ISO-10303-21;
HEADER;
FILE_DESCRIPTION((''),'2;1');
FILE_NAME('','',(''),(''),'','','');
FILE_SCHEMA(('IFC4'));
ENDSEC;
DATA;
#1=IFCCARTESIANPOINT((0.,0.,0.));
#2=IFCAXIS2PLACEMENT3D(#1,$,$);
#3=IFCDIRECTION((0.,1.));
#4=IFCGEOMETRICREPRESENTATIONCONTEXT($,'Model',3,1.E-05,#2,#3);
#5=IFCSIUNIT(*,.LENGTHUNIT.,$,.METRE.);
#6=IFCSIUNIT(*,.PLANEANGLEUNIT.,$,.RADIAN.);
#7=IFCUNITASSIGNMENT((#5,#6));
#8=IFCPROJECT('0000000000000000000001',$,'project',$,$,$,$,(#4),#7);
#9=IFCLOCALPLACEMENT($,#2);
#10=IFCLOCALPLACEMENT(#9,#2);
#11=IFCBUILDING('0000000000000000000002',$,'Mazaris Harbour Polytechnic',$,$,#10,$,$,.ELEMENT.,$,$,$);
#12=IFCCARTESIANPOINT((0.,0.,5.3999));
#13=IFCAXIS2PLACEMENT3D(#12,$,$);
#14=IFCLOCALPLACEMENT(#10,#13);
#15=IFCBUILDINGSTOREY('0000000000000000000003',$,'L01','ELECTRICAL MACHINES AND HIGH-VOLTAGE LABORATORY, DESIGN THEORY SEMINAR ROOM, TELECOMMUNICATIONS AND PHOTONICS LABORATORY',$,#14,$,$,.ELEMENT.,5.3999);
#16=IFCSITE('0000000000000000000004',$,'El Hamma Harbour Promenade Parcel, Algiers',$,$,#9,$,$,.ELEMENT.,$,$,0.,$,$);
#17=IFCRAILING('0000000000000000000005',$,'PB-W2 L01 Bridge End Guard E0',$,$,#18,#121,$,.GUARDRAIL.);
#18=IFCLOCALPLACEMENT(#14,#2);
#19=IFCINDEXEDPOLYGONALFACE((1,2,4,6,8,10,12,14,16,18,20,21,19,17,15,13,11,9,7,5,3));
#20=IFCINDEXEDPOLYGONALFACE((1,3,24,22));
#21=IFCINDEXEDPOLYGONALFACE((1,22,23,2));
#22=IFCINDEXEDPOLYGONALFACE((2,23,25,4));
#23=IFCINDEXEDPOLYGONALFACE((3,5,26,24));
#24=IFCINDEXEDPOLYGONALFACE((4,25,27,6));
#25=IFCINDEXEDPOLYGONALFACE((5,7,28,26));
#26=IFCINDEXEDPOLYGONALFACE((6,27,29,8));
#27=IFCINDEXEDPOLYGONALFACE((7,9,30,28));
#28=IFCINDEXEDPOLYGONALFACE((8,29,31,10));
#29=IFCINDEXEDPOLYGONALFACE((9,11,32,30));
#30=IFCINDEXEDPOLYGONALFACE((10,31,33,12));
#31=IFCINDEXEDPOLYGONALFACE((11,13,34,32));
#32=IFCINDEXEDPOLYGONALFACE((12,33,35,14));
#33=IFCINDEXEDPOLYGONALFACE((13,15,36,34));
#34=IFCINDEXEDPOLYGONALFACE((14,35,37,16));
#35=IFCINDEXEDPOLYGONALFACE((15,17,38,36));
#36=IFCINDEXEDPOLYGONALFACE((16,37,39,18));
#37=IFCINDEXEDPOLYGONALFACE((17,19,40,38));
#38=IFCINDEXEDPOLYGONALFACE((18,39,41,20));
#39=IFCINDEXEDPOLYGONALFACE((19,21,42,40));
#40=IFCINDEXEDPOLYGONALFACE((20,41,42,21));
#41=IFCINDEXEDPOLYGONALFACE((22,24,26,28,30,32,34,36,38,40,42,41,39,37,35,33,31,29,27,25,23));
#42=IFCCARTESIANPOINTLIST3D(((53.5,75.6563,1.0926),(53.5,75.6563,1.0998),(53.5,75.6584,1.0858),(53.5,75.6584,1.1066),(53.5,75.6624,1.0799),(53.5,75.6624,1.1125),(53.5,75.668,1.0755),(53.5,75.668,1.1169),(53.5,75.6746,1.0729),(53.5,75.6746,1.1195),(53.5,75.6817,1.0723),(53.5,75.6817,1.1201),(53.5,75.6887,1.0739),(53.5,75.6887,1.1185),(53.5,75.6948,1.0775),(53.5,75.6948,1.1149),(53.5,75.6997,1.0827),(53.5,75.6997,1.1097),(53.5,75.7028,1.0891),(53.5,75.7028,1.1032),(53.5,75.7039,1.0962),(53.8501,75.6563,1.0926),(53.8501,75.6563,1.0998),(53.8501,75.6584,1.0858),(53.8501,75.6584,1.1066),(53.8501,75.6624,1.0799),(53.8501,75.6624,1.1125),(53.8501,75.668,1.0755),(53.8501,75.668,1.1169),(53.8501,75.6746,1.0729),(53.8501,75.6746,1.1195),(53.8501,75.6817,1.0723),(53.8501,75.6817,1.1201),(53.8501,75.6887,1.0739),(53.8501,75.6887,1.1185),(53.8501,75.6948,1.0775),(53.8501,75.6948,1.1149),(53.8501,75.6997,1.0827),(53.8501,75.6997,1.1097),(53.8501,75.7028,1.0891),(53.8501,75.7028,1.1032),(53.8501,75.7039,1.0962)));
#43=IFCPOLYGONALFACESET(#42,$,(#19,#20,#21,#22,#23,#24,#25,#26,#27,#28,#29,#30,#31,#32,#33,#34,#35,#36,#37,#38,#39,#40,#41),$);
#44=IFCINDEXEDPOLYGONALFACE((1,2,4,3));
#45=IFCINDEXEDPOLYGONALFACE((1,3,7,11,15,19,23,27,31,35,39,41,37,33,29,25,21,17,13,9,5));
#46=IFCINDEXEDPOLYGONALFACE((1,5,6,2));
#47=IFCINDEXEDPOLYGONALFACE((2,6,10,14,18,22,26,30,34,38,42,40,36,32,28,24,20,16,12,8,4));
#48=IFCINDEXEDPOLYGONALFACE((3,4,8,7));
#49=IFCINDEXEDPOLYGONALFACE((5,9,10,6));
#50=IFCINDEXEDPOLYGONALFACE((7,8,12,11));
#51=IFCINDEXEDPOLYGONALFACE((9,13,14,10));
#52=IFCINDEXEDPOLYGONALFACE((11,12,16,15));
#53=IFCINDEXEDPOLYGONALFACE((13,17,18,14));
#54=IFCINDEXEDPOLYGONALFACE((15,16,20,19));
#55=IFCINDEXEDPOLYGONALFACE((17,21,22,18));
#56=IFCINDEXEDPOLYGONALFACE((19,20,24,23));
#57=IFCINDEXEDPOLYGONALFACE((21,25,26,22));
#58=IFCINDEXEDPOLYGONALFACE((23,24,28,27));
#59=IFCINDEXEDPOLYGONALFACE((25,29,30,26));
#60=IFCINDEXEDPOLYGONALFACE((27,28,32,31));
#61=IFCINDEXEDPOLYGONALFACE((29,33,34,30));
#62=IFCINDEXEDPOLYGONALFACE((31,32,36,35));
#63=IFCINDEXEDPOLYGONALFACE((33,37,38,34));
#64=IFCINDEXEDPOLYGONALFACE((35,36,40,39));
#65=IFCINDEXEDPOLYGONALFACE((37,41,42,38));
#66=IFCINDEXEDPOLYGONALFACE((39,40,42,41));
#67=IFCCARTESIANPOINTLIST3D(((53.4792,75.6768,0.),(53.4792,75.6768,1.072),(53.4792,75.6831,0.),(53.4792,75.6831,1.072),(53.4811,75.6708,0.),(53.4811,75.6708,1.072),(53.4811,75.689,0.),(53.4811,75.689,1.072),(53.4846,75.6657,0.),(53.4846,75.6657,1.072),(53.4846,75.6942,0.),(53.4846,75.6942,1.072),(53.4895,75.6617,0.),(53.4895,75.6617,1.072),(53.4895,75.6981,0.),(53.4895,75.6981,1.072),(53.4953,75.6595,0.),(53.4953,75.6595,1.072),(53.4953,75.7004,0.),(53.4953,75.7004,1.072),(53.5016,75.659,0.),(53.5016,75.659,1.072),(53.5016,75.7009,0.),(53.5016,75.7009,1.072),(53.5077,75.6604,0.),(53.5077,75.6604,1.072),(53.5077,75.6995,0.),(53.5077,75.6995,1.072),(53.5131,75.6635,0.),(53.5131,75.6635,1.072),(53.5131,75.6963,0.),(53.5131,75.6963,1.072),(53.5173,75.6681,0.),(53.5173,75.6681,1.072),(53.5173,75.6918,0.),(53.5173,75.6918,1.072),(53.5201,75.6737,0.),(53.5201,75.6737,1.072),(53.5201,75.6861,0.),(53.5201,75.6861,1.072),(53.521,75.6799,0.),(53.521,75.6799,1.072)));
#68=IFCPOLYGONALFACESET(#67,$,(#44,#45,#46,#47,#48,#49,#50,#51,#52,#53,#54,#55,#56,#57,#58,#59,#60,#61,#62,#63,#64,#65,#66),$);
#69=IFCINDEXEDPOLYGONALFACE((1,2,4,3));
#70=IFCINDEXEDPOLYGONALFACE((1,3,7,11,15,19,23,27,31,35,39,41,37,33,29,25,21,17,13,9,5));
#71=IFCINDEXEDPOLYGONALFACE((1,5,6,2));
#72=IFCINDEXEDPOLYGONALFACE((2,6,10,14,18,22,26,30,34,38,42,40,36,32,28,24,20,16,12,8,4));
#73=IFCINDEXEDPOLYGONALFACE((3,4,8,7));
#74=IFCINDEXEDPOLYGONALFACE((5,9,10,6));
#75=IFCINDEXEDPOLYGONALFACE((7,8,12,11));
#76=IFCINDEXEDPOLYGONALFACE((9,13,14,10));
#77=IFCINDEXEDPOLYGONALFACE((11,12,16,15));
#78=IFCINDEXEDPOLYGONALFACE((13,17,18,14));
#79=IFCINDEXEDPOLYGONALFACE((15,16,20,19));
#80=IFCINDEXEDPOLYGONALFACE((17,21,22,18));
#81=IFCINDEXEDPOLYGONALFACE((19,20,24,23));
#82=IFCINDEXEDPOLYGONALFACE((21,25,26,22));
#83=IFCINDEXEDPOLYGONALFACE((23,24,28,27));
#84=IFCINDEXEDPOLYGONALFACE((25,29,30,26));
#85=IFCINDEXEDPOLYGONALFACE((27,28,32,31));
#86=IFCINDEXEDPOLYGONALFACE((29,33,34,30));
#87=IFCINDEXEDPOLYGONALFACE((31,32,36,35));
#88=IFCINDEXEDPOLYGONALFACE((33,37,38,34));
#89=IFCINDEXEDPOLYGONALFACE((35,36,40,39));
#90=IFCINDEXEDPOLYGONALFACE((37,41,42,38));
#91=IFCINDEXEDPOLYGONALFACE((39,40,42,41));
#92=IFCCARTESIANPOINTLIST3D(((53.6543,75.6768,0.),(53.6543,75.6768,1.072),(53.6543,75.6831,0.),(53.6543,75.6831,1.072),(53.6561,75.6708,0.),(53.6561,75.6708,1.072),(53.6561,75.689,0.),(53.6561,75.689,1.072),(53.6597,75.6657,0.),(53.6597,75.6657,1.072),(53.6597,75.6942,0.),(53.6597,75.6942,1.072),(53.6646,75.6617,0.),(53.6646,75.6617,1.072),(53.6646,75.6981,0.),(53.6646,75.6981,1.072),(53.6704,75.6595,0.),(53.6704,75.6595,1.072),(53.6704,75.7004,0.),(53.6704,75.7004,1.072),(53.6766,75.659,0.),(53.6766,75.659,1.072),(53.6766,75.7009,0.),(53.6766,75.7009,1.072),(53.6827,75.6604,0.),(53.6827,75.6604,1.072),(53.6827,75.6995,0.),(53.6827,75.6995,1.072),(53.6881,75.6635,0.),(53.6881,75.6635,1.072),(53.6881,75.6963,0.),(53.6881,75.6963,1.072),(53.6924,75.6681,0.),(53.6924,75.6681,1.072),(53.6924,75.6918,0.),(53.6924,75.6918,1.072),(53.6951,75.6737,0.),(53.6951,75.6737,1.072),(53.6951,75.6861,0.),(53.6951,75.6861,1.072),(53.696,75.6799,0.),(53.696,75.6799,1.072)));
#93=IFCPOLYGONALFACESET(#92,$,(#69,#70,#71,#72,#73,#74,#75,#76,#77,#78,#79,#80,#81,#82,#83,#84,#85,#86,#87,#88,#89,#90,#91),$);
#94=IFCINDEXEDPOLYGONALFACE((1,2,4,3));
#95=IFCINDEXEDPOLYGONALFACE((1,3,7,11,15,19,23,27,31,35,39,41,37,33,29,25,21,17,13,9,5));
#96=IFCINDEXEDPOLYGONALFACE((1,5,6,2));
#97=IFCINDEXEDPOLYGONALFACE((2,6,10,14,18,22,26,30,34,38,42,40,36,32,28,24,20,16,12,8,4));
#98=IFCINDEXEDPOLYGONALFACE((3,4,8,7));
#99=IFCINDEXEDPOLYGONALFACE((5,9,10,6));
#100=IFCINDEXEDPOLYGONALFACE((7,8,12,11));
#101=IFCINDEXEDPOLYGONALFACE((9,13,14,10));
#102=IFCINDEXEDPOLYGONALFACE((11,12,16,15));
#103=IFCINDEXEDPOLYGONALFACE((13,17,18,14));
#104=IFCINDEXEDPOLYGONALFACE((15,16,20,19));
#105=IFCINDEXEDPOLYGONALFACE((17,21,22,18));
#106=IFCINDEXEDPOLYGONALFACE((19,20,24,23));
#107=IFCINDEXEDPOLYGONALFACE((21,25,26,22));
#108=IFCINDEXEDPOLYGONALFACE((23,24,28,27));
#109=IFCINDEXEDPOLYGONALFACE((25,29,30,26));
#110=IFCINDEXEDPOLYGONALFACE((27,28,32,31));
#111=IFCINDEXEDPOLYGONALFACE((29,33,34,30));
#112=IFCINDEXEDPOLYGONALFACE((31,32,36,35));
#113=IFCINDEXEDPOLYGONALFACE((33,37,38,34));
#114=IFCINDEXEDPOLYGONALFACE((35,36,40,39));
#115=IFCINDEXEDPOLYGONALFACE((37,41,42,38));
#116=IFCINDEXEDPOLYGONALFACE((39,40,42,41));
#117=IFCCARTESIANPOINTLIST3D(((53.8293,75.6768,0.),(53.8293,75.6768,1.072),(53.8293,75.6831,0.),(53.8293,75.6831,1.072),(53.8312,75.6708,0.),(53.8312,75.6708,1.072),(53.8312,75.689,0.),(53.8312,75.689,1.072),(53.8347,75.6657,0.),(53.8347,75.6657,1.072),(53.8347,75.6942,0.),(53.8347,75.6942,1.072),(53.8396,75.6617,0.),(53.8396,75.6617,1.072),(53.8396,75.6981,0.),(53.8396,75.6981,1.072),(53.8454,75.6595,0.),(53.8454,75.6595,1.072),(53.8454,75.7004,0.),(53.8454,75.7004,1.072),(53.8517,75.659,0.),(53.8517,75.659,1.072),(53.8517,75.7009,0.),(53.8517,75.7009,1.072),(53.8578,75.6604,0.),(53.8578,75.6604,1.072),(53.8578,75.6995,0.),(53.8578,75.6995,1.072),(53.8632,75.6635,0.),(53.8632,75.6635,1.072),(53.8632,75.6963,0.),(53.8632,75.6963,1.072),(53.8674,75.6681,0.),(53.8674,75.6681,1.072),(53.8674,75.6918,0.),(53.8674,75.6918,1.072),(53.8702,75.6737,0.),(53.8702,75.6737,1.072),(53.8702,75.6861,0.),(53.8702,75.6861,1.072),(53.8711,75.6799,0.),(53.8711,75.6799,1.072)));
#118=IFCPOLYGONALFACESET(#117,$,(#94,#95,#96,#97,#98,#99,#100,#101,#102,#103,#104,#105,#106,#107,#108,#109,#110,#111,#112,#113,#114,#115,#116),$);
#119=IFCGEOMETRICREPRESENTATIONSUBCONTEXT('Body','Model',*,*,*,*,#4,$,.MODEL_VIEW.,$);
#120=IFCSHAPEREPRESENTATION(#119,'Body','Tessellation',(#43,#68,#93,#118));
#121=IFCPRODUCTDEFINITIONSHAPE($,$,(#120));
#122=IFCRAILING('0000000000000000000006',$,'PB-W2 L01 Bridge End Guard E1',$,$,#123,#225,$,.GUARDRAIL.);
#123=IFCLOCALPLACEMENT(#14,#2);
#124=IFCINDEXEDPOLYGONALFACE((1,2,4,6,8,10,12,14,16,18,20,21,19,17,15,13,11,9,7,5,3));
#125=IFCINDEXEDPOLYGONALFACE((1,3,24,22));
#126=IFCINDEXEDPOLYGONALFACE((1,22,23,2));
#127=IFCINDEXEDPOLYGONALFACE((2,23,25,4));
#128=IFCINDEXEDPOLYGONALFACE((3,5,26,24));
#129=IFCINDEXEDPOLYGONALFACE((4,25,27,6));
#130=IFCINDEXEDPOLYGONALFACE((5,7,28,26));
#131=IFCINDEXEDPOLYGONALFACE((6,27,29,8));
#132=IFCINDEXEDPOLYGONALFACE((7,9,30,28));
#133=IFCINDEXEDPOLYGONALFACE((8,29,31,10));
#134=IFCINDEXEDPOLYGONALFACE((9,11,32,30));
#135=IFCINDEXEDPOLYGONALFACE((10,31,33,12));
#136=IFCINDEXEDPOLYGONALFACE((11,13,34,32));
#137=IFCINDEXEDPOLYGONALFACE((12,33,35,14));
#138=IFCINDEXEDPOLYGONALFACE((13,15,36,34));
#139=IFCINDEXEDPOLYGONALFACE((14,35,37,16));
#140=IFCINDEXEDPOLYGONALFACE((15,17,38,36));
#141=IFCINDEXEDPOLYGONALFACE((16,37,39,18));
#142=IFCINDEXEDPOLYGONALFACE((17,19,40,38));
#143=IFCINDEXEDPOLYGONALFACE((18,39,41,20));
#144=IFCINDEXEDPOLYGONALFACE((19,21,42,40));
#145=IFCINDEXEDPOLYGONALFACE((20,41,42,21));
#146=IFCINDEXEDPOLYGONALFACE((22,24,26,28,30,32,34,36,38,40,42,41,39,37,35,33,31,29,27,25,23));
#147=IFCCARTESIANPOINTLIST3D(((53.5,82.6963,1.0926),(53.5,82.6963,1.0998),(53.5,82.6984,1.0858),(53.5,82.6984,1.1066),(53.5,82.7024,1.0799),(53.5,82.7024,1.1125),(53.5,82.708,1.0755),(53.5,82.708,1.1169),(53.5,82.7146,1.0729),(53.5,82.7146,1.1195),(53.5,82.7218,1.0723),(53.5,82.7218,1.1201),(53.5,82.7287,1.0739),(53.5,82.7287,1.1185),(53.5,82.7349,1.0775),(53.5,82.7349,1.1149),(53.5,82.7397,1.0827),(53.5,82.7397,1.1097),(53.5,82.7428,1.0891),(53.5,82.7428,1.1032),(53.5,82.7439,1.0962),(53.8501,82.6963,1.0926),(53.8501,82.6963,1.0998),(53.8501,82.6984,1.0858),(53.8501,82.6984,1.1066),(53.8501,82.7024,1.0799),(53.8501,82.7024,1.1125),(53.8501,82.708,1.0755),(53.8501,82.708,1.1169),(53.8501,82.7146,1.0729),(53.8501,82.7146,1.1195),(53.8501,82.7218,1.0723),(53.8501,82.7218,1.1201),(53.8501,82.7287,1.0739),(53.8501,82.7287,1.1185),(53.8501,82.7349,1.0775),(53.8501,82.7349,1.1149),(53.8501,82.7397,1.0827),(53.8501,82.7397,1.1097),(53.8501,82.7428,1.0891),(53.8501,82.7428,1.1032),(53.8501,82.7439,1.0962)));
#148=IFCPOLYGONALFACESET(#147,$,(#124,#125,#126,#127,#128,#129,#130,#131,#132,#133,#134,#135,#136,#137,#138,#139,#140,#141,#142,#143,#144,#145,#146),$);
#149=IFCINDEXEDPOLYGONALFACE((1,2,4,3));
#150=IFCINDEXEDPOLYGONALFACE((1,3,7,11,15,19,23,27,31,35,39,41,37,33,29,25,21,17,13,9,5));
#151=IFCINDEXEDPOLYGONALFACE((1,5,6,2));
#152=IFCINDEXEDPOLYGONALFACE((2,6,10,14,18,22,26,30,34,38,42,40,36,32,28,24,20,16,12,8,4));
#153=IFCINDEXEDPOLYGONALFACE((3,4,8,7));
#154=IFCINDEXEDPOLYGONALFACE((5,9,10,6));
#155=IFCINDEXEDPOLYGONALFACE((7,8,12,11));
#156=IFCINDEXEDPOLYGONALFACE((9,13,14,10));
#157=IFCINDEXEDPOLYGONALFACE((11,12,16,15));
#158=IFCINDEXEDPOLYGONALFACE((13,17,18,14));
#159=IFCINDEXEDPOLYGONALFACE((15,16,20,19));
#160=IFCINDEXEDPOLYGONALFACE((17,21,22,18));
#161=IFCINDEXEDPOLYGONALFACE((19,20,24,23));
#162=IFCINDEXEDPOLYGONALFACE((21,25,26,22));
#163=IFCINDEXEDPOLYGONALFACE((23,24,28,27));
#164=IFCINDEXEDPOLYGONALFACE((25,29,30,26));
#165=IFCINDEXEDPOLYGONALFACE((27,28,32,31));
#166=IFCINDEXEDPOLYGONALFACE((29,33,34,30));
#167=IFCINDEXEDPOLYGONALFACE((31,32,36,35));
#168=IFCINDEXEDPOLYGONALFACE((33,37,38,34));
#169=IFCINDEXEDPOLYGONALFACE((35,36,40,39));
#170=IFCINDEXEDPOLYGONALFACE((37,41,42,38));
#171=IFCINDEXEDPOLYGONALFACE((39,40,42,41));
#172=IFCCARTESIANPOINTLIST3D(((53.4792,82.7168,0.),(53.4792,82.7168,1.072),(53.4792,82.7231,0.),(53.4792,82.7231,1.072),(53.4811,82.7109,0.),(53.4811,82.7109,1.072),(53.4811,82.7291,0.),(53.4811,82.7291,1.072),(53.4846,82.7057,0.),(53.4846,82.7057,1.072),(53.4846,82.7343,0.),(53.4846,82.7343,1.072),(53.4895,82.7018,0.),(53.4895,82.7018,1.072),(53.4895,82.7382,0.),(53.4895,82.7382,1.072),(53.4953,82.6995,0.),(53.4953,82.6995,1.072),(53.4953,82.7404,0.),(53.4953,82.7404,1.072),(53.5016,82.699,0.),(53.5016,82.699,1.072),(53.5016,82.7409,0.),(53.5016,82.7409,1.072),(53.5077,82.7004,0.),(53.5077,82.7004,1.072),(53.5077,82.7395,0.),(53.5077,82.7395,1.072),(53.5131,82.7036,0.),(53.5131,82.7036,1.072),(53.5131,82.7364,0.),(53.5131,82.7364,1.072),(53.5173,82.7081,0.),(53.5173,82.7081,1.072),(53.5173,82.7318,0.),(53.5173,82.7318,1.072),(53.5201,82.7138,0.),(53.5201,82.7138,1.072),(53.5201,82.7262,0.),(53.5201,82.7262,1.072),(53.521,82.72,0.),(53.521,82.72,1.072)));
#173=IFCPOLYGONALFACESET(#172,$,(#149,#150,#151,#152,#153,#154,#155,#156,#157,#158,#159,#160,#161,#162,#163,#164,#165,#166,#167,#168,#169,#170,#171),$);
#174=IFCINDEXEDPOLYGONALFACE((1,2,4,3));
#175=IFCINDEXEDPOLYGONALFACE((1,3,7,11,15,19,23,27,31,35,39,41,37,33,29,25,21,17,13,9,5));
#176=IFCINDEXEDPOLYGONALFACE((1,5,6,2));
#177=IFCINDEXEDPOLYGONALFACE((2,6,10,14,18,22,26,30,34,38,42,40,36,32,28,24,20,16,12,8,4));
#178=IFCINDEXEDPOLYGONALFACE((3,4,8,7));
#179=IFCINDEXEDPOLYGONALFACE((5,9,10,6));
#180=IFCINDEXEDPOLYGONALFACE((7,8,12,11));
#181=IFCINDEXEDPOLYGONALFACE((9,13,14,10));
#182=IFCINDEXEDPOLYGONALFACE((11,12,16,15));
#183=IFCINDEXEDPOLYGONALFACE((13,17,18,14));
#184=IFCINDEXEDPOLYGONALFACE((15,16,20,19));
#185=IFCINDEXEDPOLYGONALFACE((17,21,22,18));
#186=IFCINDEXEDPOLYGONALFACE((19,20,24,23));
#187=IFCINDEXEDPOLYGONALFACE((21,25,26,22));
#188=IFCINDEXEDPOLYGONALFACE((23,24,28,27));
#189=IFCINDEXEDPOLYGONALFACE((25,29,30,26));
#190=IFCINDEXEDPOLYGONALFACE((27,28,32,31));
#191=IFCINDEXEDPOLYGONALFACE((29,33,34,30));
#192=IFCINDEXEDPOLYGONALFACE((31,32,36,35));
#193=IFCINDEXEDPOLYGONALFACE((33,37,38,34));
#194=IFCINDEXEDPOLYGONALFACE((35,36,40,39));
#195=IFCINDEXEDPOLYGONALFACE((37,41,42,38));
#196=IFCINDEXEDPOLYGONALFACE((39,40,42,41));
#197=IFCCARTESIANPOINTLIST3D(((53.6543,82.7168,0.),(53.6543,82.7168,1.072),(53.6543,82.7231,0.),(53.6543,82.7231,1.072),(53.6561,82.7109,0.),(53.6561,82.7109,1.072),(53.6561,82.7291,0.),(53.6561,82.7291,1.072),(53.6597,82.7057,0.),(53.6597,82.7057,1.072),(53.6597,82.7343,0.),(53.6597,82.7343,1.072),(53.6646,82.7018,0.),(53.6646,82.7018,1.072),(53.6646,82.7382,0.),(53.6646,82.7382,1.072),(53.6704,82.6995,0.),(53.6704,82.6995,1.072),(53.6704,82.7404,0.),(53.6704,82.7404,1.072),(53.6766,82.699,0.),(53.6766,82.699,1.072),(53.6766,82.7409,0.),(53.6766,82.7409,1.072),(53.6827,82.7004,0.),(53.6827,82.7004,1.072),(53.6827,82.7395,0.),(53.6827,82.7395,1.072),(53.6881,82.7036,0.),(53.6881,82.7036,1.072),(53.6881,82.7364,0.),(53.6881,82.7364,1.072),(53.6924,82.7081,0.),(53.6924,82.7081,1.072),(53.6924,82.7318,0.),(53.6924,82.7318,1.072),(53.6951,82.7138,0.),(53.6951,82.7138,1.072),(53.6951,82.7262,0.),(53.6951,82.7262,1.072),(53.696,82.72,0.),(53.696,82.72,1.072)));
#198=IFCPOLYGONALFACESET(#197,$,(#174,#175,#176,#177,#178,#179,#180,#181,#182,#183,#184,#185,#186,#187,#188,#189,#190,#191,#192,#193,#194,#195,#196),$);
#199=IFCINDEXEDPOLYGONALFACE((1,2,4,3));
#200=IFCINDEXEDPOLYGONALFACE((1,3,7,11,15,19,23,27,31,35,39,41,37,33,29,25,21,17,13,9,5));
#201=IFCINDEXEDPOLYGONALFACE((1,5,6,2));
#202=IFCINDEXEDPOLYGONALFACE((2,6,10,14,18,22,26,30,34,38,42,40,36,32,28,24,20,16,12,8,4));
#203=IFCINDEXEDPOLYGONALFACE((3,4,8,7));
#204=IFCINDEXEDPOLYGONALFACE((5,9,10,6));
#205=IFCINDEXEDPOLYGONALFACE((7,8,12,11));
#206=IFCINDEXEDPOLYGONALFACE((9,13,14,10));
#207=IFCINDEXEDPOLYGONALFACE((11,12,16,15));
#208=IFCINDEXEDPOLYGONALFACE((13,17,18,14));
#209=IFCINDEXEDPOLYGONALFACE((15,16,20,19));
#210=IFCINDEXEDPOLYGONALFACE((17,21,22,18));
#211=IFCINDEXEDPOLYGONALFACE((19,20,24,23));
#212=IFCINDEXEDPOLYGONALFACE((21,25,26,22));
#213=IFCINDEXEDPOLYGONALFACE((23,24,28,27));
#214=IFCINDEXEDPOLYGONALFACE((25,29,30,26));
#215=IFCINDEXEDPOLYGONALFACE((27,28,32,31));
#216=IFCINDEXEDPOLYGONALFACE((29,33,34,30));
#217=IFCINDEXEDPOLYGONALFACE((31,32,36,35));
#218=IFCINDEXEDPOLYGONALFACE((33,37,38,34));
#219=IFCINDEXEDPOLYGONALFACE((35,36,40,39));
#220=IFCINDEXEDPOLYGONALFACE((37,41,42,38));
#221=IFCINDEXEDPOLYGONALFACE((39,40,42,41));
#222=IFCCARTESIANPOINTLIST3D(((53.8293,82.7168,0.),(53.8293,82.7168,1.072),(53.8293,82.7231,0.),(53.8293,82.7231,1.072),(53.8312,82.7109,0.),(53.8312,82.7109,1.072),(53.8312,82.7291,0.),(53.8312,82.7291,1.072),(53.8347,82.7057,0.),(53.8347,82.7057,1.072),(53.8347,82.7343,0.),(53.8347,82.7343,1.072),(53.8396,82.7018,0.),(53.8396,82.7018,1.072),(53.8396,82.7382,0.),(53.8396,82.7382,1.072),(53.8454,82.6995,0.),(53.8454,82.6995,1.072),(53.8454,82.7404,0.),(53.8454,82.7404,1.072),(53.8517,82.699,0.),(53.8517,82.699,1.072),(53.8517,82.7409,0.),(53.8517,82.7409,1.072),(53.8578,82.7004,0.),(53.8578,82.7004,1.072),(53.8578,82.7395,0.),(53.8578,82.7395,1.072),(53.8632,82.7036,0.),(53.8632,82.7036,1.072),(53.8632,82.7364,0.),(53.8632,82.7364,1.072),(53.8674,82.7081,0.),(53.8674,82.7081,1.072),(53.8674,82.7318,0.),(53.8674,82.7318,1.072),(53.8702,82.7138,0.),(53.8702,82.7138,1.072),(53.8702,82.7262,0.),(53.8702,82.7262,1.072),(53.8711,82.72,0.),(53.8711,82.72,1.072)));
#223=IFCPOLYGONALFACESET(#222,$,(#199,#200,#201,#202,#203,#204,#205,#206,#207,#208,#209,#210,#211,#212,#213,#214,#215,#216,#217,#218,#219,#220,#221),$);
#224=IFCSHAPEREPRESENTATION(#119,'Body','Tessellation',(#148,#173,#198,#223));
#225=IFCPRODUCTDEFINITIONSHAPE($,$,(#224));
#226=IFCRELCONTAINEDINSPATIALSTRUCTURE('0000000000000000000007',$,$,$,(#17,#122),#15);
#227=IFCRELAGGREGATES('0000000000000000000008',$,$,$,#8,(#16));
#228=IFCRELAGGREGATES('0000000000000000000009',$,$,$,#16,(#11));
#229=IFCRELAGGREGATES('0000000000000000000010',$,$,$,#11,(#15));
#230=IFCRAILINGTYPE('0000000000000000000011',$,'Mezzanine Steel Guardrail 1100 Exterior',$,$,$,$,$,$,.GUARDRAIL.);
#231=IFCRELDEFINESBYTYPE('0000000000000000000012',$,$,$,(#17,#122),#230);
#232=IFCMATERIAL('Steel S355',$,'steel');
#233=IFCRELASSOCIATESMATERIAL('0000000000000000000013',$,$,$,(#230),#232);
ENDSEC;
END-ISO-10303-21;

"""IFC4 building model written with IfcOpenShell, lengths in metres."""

from ifc_helpers import new_model, si_unit, direction, frame, origin, origin_2d, place, context, subcontext, project, spatial, circle, extrude, material, type_object, element, save


model = new_model("IFC4")

# Units and contexts
model_context = context("Model", 3, precision=1e-05, world=origin(), true_north=direction((0.0, 1.0)))
body_context = subcontext(model_context, "Body", "Model", "MODEL_VIEW")
ifc_project = project(units=[si_unit("LENGTHUNIT", "METRE"), si_unit("PLANEANGLEUNIT", "RADIAN")], contexts=[model_context])

# Site, building, storey
site_placement = place(None, origin())
site = spatial("IfcSite", under=ifc_project, at=site_placement, Name="El Hamma Harbour Promenade Parcel, Algiers", CompositionType="ELEMENT", RefElevation=0.0)
building_placement = place(site_placement, origin())
building = spatial("IfcBuilding", under=site, at=building_placement, Name="Mazaris Harbour Polytechnic", CompositionType="ELEMENT")
storey_placement = place(building_placement, frame((0.0, 0.0, 5.3999)))
storey = spatial("IfcBuildingStorey", under=building, at=storey_placement, Name="L01", Description="ELECTRICAL MACHINES AND HIGH-VOLTAGE LABORATORY, DESIGN THEORY SEMINAR ROOM, TELECOMMUNICATIONS AND PHOTONICS LABORATORY", CompositionType="ELEMENT", Elevation=5.3999)

# Railings
ifc_material_1 = material(Name="Steel S355", Category="steel")
railing_type = type_object("IfcRailingType", Name="Mezzanine Steel Guardrail 1100 Exterior", PredefinedType="GUARDRAIL", material=ifc_material_1)
for number, where, name in (
    (1, (53.5, 75.6799, 0.0), "PB-W2 L01 Bridge End Guard E0"),
    (2, (53.5, 82.72, 0.0), "PB-W2 L01 Bridge End Guard E1"),
):
    element("IfcRailing", number, at=place(storey_placement, frame(where)), inside=storey, type_object=railing_type, Name=name, PredefinedType="GUARDRAIL", context=body_context, shape_type="SweptSolid", body=[
        extrude(circle(Radius=0.0239, at=origin_2d()), frame((0.0, 0.0, 1.0962), z_axis=(1.0, 0.0, 0.0), x_axis=(0.0, 1.0, 0.0)), (0.0, 0.0, 1.0), 0.3501),
        extrude(circle(Radius=0.021, at=origin_2d()), origin(), (0.0, 0.0, 1.0), 1.072),
        extrude(circle(Radius=0.021, at=origin_2d()), frame((0.175, 0.0, 0.0)), (0.0, 0.0, 1.0), 1.072),
        extrude(circle(Radius=0.021, at=origin_2d()), frame((0.3501, 0.0, 0.0)), (0.0, 0.0, 1.0), 1.072),
    ])

save(model, "model.ifc")
